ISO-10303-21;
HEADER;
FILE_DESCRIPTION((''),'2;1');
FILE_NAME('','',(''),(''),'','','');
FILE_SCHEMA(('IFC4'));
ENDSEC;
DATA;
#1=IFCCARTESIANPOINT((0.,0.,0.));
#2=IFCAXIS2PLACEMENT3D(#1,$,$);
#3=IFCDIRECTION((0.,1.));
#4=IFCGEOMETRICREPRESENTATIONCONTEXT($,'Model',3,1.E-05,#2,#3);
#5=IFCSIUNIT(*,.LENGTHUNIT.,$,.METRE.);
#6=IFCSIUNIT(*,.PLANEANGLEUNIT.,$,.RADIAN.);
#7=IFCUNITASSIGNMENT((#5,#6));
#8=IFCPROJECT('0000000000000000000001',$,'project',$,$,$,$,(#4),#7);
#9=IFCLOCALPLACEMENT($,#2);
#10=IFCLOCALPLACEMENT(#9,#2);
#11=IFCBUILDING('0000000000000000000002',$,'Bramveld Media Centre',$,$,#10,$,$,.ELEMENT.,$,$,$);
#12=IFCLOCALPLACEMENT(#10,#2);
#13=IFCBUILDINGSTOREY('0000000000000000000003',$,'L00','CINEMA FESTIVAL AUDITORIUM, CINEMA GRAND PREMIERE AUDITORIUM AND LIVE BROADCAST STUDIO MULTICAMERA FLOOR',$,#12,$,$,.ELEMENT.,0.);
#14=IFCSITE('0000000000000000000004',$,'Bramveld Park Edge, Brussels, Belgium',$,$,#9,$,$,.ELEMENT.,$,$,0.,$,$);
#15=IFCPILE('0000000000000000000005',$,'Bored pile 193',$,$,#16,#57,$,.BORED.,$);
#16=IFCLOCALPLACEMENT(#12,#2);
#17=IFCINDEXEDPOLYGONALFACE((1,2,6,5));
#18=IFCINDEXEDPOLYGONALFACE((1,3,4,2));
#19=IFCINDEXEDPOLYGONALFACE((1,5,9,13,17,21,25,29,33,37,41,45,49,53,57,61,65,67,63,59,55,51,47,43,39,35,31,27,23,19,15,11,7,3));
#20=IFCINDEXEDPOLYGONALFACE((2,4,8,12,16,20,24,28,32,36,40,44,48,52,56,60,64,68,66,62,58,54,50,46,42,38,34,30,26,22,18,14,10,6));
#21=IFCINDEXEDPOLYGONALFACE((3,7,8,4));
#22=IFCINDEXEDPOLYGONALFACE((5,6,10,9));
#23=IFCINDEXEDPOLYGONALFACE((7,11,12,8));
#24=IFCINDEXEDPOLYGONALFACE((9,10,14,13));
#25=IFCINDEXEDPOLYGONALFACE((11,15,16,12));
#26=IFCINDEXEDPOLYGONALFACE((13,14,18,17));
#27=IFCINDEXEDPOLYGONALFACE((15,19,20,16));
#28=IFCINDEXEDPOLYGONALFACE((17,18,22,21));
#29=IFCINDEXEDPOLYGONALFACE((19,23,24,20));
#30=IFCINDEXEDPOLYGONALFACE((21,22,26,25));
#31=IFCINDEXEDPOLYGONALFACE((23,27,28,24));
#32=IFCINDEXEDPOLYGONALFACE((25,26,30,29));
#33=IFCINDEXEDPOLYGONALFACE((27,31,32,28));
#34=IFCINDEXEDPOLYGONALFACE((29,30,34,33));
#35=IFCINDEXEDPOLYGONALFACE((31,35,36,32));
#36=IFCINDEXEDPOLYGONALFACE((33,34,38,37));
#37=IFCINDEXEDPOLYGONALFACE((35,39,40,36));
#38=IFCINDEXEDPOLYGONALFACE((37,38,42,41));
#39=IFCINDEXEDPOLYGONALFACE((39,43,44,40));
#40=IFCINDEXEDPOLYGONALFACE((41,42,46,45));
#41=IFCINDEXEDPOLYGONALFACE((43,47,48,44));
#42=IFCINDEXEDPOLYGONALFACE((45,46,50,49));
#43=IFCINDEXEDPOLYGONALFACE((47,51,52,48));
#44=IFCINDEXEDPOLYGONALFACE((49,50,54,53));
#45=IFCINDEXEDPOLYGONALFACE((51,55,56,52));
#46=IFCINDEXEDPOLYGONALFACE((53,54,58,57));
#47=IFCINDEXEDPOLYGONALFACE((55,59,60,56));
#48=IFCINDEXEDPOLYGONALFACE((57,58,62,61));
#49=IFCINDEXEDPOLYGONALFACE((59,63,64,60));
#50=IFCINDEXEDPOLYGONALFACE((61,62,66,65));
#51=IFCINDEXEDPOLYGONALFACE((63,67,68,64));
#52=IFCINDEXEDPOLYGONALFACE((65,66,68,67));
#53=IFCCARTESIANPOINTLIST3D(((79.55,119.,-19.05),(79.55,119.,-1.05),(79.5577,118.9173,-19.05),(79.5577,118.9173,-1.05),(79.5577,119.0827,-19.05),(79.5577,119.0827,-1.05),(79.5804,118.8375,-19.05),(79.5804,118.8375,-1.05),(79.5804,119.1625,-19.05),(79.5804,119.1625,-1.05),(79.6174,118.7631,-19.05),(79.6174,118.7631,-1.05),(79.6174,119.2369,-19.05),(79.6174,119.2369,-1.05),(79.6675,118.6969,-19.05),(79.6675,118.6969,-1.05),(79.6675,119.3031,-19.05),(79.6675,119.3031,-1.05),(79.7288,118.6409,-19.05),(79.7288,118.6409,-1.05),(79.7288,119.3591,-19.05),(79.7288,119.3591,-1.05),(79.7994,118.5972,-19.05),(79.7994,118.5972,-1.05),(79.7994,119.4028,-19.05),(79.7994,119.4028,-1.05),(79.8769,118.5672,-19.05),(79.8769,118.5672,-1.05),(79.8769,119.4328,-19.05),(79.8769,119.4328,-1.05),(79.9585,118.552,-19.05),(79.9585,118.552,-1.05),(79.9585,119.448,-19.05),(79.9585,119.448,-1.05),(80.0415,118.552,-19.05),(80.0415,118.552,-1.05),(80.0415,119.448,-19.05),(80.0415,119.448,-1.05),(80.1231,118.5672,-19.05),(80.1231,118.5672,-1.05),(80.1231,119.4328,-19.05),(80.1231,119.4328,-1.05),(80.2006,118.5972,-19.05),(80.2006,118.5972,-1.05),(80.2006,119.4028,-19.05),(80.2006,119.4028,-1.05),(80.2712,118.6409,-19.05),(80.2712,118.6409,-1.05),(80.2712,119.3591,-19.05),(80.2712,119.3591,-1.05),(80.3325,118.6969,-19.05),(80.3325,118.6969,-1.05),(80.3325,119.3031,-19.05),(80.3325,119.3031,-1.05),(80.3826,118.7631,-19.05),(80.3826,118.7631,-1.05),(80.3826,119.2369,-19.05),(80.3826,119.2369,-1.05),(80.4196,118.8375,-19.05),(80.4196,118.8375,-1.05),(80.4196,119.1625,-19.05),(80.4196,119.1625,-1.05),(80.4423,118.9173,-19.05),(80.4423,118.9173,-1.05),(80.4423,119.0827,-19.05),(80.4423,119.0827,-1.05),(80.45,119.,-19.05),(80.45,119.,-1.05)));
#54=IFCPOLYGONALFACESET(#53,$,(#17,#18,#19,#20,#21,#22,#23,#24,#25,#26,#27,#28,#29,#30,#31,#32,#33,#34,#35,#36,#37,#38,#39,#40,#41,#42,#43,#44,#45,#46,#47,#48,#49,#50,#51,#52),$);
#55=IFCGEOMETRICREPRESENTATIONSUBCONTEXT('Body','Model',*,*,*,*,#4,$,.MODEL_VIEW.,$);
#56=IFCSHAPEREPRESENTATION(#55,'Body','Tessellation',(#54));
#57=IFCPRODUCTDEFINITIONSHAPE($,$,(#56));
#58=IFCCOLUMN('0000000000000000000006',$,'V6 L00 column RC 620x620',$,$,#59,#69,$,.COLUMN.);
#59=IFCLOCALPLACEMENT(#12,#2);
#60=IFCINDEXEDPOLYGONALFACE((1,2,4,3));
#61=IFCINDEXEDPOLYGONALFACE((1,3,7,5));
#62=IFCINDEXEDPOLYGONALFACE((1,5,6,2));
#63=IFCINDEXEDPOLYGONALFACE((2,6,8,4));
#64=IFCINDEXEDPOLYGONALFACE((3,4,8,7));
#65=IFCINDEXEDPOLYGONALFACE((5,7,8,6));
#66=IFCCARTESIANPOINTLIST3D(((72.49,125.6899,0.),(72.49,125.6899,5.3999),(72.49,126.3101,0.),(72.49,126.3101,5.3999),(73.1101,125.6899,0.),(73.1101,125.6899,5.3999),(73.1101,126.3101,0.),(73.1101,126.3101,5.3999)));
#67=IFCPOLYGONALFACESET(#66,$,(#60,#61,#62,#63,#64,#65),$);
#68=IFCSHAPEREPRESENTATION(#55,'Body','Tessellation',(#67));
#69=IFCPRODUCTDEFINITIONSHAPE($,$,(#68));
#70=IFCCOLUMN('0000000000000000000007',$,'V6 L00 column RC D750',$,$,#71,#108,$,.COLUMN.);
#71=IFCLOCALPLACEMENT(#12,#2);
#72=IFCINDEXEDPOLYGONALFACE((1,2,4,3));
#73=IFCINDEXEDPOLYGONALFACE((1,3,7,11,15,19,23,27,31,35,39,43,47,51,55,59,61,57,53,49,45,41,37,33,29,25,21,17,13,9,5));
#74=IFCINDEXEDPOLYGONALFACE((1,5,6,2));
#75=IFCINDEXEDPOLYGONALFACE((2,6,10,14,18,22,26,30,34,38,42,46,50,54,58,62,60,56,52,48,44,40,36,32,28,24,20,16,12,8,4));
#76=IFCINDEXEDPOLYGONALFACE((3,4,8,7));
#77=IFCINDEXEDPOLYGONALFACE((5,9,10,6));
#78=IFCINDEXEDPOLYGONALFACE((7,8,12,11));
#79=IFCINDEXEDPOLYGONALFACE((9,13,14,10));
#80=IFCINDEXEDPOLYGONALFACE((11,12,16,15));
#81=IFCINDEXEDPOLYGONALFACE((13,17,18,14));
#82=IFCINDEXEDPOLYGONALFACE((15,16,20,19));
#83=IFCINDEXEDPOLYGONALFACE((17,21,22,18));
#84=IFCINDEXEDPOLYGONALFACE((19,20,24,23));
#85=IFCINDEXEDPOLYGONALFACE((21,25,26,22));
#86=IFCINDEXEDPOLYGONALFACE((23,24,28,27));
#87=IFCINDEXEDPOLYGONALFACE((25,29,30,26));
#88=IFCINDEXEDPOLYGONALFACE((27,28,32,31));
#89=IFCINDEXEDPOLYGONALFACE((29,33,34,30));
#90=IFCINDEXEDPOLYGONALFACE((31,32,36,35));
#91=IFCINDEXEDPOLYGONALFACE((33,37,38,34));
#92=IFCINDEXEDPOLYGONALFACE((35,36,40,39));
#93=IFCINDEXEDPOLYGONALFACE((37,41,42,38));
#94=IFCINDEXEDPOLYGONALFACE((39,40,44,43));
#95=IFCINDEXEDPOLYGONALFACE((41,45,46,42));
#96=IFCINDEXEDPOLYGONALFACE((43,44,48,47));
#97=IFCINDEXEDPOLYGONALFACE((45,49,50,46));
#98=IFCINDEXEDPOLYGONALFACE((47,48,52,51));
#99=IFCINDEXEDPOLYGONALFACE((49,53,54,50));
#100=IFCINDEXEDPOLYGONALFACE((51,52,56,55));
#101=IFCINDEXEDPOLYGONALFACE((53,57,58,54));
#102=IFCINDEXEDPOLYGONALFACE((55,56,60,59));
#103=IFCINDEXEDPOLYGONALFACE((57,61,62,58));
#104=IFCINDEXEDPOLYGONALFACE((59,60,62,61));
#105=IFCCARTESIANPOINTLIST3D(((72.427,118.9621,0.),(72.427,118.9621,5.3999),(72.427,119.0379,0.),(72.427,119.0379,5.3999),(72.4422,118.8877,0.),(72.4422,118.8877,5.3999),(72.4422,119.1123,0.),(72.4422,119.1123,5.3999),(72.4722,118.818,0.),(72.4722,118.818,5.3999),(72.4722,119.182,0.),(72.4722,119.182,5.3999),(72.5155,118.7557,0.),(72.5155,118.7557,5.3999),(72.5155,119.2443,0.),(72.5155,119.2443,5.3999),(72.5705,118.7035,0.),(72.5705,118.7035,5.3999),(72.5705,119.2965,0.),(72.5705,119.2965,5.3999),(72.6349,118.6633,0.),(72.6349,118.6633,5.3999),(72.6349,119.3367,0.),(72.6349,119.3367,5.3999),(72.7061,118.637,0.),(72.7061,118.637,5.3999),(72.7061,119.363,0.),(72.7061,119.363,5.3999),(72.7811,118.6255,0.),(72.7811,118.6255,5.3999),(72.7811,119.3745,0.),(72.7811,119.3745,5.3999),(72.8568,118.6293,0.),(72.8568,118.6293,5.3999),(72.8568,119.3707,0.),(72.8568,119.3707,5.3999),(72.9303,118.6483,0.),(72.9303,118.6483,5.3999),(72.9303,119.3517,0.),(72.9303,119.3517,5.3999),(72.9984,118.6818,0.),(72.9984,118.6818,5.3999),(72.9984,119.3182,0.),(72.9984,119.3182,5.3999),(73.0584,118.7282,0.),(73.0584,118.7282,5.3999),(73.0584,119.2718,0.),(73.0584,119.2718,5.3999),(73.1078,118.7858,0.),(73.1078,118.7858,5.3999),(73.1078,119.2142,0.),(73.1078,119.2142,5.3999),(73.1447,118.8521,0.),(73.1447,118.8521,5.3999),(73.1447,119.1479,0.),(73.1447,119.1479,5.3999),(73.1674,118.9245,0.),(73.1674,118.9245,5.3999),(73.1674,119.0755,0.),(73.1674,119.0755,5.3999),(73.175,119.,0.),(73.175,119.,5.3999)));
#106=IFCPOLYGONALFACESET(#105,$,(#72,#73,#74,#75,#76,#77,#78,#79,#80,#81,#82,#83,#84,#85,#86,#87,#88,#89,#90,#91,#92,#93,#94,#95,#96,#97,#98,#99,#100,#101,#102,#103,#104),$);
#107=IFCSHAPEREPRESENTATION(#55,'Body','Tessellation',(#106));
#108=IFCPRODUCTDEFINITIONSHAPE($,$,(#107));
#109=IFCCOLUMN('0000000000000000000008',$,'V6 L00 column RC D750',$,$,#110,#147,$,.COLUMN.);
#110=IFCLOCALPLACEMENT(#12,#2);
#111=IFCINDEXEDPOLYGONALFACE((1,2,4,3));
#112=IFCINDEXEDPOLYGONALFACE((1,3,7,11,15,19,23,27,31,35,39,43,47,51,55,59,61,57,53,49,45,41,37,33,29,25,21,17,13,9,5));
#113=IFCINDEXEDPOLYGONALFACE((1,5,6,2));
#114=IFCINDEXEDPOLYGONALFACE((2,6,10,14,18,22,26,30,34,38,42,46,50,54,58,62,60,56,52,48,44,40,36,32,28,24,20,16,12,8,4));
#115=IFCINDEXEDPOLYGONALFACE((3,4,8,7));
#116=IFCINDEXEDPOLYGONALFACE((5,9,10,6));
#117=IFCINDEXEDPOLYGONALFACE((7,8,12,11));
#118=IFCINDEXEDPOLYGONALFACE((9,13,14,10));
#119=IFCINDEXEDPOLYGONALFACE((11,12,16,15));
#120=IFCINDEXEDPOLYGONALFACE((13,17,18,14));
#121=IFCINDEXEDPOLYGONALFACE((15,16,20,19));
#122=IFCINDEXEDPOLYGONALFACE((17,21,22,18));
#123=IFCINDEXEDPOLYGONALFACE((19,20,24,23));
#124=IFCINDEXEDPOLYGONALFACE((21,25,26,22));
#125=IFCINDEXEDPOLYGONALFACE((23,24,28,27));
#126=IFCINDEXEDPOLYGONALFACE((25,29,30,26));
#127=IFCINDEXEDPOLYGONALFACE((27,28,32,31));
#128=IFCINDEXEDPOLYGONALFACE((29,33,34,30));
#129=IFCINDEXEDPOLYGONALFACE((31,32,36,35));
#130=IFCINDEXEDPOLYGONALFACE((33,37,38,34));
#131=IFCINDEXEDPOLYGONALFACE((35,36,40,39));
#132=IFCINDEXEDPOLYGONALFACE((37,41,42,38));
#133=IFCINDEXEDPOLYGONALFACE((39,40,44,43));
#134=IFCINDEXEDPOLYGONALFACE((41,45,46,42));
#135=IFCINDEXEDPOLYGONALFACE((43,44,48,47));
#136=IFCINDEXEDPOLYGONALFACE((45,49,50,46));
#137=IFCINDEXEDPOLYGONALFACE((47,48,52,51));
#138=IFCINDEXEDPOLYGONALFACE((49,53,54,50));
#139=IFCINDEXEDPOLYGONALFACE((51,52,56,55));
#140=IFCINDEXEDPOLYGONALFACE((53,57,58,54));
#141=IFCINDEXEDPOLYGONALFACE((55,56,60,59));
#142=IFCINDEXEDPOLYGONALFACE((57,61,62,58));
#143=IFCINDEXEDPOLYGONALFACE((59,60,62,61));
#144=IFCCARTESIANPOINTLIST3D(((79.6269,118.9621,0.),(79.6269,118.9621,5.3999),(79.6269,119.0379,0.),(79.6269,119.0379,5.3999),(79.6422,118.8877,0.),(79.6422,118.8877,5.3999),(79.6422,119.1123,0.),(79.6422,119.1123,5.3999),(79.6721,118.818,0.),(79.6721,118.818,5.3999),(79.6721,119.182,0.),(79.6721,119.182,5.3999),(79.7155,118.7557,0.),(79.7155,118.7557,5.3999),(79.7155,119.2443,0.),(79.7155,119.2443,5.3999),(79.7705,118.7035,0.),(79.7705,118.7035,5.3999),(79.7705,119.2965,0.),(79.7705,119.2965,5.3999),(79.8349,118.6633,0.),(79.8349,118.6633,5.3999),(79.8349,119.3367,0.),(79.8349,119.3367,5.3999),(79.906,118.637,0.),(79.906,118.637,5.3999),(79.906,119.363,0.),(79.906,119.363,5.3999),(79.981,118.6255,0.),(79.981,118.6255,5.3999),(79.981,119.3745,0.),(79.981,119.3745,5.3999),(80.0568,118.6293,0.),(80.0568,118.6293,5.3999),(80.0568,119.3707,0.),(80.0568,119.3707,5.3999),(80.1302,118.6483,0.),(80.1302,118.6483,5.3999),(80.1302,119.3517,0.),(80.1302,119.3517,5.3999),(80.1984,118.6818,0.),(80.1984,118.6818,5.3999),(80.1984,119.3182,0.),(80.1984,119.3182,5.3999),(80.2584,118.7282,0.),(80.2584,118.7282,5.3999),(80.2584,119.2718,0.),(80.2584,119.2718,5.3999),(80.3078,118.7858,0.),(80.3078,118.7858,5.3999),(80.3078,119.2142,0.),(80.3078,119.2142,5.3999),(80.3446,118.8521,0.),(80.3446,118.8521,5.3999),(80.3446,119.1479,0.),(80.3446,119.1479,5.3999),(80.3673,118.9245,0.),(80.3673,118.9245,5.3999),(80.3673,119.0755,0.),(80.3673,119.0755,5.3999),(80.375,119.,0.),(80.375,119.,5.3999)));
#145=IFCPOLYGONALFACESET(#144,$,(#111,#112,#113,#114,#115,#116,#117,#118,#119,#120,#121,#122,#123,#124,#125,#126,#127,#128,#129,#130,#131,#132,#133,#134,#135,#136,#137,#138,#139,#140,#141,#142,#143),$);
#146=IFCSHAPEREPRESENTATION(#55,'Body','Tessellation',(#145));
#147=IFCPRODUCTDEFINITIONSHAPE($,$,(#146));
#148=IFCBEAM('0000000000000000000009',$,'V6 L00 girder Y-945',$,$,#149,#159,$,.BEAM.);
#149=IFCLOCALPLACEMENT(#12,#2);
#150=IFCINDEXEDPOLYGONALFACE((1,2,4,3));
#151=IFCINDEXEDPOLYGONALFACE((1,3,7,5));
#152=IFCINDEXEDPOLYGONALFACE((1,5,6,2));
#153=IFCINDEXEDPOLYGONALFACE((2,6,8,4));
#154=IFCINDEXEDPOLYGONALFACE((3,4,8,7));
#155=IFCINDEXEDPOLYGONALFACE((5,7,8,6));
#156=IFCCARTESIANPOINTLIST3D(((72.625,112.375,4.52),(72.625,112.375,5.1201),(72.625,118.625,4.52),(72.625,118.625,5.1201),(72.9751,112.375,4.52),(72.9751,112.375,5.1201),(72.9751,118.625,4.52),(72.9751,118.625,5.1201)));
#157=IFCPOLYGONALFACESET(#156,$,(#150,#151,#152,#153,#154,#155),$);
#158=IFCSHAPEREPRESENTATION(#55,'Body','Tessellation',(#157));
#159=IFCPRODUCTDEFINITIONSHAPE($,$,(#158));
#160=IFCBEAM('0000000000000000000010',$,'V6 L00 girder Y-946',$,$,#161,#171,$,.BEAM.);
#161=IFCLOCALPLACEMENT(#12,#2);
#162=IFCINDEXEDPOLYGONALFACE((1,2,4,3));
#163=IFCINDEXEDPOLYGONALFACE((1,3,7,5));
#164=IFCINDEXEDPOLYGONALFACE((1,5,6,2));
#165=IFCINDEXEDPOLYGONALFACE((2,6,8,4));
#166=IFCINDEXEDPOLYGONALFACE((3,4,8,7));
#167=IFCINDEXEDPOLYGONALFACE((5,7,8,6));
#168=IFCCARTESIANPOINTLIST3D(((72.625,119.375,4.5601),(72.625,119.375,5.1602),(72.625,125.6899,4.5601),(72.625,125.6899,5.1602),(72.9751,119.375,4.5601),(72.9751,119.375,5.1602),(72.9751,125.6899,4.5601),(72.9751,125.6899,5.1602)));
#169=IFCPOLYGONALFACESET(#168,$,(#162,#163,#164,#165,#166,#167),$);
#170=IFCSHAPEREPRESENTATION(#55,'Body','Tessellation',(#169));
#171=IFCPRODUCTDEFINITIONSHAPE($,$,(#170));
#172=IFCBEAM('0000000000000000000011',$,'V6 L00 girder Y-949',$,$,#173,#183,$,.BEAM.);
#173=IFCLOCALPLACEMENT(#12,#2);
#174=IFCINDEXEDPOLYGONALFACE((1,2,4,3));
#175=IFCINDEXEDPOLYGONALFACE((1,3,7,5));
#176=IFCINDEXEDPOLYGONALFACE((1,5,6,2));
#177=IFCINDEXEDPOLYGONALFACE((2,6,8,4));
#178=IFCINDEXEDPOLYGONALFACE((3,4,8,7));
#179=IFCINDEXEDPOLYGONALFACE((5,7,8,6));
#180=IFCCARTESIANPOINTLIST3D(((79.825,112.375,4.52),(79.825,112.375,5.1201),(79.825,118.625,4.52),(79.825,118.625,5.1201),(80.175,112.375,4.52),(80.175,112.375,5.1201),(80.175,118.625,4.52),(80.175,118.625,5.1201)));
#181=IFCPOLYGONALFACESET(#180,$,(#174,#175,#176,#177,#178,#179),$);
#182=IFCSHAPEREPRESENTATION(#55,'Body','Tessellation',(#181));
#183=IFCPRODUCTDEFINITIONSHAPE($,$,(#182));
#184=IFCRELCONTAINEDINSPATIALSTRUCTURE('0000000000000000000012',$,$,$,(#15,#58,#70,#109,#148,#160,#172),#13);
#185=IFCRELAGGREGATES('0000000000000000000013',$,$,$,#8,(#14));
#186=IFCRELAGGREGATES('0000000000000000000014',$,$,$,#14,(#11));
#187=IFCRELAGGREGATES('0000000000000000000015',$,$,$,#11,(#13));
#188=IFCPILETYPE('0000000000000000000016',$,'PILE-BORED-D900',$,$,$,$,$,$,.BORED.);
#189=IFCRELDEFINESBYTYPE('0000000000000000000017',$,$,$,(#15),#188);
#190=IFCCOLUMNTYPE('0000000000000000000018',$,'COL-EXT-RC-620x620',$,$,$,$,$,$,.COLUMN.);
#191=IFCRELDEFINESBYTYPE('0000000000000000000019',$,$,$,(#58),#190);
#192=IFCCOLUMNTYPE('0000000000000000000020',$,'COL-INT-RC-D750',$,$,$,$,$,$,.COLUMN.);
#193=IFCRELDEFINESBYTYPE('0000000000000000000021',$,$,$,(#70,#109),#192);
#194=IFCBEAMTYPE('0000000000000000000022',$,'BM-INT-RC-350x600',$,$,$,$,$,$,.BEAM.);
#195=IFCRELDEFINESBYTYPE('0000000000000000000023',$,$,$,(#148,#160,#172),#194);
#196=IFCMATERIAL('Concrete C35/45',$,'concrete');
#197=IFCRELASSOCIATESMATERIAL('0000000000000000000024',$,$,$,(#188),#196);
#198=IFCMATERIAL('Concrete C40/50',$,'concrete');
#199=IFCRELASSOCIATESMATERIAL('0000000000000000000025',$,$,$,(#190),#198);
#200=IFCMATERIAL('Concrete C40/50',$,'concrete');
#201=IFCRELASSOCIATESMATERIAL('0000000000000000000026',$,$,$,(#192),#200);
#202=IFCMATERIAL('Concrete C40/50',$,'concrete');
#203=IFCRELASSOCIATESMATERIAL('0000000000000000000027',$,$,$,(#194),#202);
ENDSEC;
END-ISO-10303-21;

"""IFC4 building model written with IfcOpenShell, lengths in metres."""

from ifc_helpers import new_model, si_unit, direction, frame, origin, origin_2d, place, context, subcontext, project, spatial, rectangle, circle, extrude, material, material_profile, profile_set, type_object, element, save


model = new_model("IFC4")

# Units and contexts
model_context = context("Model", 3, precision=1e-05, world=origin(), true_north=direction((0.0, 1.0)))
body_context = subcontext(model_context, "Body", "Model", "MODEL_VIEW")
ifc_project = project(units=[si_unit("LENGTHUNIT", "METRE"), si_unit("PLANEANGLEUNIT", "RADIAN")], contexts=[model_context])

# Site, building, storey
site_placement = place(None, origin())
site = spatial("IfcSite", under=ifc_project, at=site_placement, Name="Bramveld Park Edge, Brussels, Belgium", CompositionType="ELEMENT", RefElevation=0.0)
building_placement = place(site_placement, origin())
building = spatial("IfcBuilding", under=site, at=building_placement, Name="Bramveld Media Centre", CompositionType="ELEMENT")
storey_placement = place(building_placement, origin())
storey = spatial("IfcBuildingStorey", under=building, at=storey_placement, Name="L00", Description="CINEMA FESTIVAL AUDITORIUM, CINEMA GRAND PREMIERE AUDITORIUM AND LIVE BROADCAST STUDIO MULTICAMERA FLOOR", CompositionType="ELEMENT", Elevation=0.0)

# Pile
ifc_material_1 = material(Name="Concrete C35/45", Category="concrete")
ifc_material_profile_1 = material_profile(ifc_material_1, circle(Radius=0.45, at=origin_2d()), Name="BORED D900")
ifc_profile_set_1 = profile_set([ifc_material_profile_1], Name="Concrete C35/45")
pile_type = type_object("IfcPileType", Name="PILE-BORED-D900", PredefinedType="BORED", material=ifc_profile_set_1)
for number, where, z_axis, x_axis, name in (
    (1, (80.0, 119.0, -1.05), (0.0, 0.0, -1.0), (1.0, 0.0, 0.0), "Bored pile 193"),
):
    element("IfcPile", number, at=place(storey_placement, frame(where, z_axis=z_axis, x_axis=x_axis)), inside=storey, type_object=pile_type, Name=name, PredefinedType="BORED", context=body_context, shape_type="SweptSolid", body=[
        extrude(circle(Radius=0.45, at=origin_2d()), origin(), (0.0, 0.0, 1.0), 18.0),
    ])

# Columns
ifc_material_2 = material(Name="Concrete C40/50", Category="concrete")
ifc_material_profile_2 = material_profile(ifc_material_2, rectangle(XDim=0.6201, YDim=0.6201, at=origin_2d()), Name="RC 620x620")
ifc_profile_set_2 = profile_set([ifc_material_profile_2], Name="Concrete C40/50")
column_type_1 = type_object("IfcColumnType", Name="COL-EXT-RC-620x620", PredefinedType="COLUMN", material=ifc_profile_set_2)
column_placement = place(storey_placement, frame((72.8, 126.0, 0.0), z_axis=(0.0, 0.0, 1.0), x_axis=(1.0, 0.0, 0.0)))
element("IfcColumn", 2, at=column_placement, inside=storey, type_object=column_type_1, Name="V6 L00 column RC 620x620", PredefinedType="COLUMN", context=body_context, shape_type="SweptSolid", body=[
    extrude(rectangle(XDim=0.6201, YDim=0.6201, at=origin_2d()), origin(), (0.0, 0.0, 1.0), 5.3999),
])
ifc_material_3 = material(Name="Concrete C40/50", Category="concrete")
ifc_material_profile_3 = material_profile(ifc_material_3, circle(Radius=0.375, at=origin_2d()), Name="RC D750")
ifc_profile_set_3 = profile_set([ifc_material_profile_3], Name="Concrete C40/50")
column_type_2 = type_object("IfcColumnType", Name="COL-INT-RC-D750", PredefinedType="COLUMN", material=ifc_profile_set_3)
for number, where, z_axis, x_axis, name in (
    (3, (72.8, 119.0, 0.0), (0.0, 0.0, 1.0), (1.0, 0.0, 0.0), "V6 L00 column RC D750"),
    (4, (80.0, 119.0, 0.0), (0.0, 0.0, 1.0), (1.0, 0.0, 0.0), "V6 L00 column RC D750"),
):
    element("IfcColumn", number, at=place(storey_placement, frame(where, z_axis=z_axis, x_axis=x_axis)), inside=storey, type_object=column_type_2, Name=name, PredefinedType="COLUMN", context=body_context, shape_type="SweptSolid", body=[
        extrude(circle(Radius=0.375, at=origin_2d()), origin(), (0.0, 0.0, 1.0), 5.3999),
    ])

# Beams
ifc_material_4 = material(Name="Concrete C40/50", Category="concrete")
ifc_material_profile_4 = material_profile(ifc_material_4, rectangle(XDim=0.3501, YDim=0.6001, at=origin_2d()), Name="RC 350x600")
ifc_profile_set_4 = profile_set([ifc_material_profile_4], Name="Concrete C40/50")
beam_type_1 = type_object("IfcBeamType", Name="BM-INT-RC-350x600", PredefinedType="BEAM", material=ifc_profile_set_4)
beam_1_placement = place(storey_placement, frame((72.8, 112.375, 4.8201), z_axis=(0.0, 1.0, 0.0), x_axis=(-1.0, 0.0, 0.0)))
element("IfcBeam", 5, at=beam_1_placement, inside=storey, type_object=beam_type_1, Name="V6 L00 girder Y-945", PredefinedType="BEAM", context=body_context, shape_type="SweptSolid", body=[
    extrude(rectangle(XDim=0.3501, YDim=0.6001, at=origin_2d()), origin(), (0.0, 0.0, 1.0), 6.25),
])
beam_2_placement = place(storey_placement, frame((72.8, 119.375, 4.8601), z_axis=(0.0, 1.0, 0.0), x_axis=(-1.0, 0.0, 0.0)))
element("IfcBeam", 6, at=beam_2_placement, inside=storey, type_object=beam_type_1, Name="V6 L00 girder Y-946", PredefinedType="BEAM", context=body_context, shape_type="SweptSolid", body=[
    extrude(rectangle(XDim=0.3501, YDim=0.6001, at=origin_2d()), origin(), (0.0, 0.0, 1.0), 6.3149),
])
beam_3_placement = place(storey_placement, frame((80.0, 112.375, 4.8201), z_axis=(0.0, 1.0, 0.0), x_axis=(-1.0, 0.0, 0.0)))
element("IfcBeam", 7, at=beam_3_placement, inside=storey, type_object=beam_type_1, Name="V6 L00 girder Y-949", PredefinedType="BEAM", context=body_context, shape_type="SweptSolid", body=[
    extrude(rectangle(XDim=0.3501, YDim=0.6001, at=origin_2d()), origin(), (0.0, 0.0, 1.0), 6.25),
])

save(model, "model.ifc")
